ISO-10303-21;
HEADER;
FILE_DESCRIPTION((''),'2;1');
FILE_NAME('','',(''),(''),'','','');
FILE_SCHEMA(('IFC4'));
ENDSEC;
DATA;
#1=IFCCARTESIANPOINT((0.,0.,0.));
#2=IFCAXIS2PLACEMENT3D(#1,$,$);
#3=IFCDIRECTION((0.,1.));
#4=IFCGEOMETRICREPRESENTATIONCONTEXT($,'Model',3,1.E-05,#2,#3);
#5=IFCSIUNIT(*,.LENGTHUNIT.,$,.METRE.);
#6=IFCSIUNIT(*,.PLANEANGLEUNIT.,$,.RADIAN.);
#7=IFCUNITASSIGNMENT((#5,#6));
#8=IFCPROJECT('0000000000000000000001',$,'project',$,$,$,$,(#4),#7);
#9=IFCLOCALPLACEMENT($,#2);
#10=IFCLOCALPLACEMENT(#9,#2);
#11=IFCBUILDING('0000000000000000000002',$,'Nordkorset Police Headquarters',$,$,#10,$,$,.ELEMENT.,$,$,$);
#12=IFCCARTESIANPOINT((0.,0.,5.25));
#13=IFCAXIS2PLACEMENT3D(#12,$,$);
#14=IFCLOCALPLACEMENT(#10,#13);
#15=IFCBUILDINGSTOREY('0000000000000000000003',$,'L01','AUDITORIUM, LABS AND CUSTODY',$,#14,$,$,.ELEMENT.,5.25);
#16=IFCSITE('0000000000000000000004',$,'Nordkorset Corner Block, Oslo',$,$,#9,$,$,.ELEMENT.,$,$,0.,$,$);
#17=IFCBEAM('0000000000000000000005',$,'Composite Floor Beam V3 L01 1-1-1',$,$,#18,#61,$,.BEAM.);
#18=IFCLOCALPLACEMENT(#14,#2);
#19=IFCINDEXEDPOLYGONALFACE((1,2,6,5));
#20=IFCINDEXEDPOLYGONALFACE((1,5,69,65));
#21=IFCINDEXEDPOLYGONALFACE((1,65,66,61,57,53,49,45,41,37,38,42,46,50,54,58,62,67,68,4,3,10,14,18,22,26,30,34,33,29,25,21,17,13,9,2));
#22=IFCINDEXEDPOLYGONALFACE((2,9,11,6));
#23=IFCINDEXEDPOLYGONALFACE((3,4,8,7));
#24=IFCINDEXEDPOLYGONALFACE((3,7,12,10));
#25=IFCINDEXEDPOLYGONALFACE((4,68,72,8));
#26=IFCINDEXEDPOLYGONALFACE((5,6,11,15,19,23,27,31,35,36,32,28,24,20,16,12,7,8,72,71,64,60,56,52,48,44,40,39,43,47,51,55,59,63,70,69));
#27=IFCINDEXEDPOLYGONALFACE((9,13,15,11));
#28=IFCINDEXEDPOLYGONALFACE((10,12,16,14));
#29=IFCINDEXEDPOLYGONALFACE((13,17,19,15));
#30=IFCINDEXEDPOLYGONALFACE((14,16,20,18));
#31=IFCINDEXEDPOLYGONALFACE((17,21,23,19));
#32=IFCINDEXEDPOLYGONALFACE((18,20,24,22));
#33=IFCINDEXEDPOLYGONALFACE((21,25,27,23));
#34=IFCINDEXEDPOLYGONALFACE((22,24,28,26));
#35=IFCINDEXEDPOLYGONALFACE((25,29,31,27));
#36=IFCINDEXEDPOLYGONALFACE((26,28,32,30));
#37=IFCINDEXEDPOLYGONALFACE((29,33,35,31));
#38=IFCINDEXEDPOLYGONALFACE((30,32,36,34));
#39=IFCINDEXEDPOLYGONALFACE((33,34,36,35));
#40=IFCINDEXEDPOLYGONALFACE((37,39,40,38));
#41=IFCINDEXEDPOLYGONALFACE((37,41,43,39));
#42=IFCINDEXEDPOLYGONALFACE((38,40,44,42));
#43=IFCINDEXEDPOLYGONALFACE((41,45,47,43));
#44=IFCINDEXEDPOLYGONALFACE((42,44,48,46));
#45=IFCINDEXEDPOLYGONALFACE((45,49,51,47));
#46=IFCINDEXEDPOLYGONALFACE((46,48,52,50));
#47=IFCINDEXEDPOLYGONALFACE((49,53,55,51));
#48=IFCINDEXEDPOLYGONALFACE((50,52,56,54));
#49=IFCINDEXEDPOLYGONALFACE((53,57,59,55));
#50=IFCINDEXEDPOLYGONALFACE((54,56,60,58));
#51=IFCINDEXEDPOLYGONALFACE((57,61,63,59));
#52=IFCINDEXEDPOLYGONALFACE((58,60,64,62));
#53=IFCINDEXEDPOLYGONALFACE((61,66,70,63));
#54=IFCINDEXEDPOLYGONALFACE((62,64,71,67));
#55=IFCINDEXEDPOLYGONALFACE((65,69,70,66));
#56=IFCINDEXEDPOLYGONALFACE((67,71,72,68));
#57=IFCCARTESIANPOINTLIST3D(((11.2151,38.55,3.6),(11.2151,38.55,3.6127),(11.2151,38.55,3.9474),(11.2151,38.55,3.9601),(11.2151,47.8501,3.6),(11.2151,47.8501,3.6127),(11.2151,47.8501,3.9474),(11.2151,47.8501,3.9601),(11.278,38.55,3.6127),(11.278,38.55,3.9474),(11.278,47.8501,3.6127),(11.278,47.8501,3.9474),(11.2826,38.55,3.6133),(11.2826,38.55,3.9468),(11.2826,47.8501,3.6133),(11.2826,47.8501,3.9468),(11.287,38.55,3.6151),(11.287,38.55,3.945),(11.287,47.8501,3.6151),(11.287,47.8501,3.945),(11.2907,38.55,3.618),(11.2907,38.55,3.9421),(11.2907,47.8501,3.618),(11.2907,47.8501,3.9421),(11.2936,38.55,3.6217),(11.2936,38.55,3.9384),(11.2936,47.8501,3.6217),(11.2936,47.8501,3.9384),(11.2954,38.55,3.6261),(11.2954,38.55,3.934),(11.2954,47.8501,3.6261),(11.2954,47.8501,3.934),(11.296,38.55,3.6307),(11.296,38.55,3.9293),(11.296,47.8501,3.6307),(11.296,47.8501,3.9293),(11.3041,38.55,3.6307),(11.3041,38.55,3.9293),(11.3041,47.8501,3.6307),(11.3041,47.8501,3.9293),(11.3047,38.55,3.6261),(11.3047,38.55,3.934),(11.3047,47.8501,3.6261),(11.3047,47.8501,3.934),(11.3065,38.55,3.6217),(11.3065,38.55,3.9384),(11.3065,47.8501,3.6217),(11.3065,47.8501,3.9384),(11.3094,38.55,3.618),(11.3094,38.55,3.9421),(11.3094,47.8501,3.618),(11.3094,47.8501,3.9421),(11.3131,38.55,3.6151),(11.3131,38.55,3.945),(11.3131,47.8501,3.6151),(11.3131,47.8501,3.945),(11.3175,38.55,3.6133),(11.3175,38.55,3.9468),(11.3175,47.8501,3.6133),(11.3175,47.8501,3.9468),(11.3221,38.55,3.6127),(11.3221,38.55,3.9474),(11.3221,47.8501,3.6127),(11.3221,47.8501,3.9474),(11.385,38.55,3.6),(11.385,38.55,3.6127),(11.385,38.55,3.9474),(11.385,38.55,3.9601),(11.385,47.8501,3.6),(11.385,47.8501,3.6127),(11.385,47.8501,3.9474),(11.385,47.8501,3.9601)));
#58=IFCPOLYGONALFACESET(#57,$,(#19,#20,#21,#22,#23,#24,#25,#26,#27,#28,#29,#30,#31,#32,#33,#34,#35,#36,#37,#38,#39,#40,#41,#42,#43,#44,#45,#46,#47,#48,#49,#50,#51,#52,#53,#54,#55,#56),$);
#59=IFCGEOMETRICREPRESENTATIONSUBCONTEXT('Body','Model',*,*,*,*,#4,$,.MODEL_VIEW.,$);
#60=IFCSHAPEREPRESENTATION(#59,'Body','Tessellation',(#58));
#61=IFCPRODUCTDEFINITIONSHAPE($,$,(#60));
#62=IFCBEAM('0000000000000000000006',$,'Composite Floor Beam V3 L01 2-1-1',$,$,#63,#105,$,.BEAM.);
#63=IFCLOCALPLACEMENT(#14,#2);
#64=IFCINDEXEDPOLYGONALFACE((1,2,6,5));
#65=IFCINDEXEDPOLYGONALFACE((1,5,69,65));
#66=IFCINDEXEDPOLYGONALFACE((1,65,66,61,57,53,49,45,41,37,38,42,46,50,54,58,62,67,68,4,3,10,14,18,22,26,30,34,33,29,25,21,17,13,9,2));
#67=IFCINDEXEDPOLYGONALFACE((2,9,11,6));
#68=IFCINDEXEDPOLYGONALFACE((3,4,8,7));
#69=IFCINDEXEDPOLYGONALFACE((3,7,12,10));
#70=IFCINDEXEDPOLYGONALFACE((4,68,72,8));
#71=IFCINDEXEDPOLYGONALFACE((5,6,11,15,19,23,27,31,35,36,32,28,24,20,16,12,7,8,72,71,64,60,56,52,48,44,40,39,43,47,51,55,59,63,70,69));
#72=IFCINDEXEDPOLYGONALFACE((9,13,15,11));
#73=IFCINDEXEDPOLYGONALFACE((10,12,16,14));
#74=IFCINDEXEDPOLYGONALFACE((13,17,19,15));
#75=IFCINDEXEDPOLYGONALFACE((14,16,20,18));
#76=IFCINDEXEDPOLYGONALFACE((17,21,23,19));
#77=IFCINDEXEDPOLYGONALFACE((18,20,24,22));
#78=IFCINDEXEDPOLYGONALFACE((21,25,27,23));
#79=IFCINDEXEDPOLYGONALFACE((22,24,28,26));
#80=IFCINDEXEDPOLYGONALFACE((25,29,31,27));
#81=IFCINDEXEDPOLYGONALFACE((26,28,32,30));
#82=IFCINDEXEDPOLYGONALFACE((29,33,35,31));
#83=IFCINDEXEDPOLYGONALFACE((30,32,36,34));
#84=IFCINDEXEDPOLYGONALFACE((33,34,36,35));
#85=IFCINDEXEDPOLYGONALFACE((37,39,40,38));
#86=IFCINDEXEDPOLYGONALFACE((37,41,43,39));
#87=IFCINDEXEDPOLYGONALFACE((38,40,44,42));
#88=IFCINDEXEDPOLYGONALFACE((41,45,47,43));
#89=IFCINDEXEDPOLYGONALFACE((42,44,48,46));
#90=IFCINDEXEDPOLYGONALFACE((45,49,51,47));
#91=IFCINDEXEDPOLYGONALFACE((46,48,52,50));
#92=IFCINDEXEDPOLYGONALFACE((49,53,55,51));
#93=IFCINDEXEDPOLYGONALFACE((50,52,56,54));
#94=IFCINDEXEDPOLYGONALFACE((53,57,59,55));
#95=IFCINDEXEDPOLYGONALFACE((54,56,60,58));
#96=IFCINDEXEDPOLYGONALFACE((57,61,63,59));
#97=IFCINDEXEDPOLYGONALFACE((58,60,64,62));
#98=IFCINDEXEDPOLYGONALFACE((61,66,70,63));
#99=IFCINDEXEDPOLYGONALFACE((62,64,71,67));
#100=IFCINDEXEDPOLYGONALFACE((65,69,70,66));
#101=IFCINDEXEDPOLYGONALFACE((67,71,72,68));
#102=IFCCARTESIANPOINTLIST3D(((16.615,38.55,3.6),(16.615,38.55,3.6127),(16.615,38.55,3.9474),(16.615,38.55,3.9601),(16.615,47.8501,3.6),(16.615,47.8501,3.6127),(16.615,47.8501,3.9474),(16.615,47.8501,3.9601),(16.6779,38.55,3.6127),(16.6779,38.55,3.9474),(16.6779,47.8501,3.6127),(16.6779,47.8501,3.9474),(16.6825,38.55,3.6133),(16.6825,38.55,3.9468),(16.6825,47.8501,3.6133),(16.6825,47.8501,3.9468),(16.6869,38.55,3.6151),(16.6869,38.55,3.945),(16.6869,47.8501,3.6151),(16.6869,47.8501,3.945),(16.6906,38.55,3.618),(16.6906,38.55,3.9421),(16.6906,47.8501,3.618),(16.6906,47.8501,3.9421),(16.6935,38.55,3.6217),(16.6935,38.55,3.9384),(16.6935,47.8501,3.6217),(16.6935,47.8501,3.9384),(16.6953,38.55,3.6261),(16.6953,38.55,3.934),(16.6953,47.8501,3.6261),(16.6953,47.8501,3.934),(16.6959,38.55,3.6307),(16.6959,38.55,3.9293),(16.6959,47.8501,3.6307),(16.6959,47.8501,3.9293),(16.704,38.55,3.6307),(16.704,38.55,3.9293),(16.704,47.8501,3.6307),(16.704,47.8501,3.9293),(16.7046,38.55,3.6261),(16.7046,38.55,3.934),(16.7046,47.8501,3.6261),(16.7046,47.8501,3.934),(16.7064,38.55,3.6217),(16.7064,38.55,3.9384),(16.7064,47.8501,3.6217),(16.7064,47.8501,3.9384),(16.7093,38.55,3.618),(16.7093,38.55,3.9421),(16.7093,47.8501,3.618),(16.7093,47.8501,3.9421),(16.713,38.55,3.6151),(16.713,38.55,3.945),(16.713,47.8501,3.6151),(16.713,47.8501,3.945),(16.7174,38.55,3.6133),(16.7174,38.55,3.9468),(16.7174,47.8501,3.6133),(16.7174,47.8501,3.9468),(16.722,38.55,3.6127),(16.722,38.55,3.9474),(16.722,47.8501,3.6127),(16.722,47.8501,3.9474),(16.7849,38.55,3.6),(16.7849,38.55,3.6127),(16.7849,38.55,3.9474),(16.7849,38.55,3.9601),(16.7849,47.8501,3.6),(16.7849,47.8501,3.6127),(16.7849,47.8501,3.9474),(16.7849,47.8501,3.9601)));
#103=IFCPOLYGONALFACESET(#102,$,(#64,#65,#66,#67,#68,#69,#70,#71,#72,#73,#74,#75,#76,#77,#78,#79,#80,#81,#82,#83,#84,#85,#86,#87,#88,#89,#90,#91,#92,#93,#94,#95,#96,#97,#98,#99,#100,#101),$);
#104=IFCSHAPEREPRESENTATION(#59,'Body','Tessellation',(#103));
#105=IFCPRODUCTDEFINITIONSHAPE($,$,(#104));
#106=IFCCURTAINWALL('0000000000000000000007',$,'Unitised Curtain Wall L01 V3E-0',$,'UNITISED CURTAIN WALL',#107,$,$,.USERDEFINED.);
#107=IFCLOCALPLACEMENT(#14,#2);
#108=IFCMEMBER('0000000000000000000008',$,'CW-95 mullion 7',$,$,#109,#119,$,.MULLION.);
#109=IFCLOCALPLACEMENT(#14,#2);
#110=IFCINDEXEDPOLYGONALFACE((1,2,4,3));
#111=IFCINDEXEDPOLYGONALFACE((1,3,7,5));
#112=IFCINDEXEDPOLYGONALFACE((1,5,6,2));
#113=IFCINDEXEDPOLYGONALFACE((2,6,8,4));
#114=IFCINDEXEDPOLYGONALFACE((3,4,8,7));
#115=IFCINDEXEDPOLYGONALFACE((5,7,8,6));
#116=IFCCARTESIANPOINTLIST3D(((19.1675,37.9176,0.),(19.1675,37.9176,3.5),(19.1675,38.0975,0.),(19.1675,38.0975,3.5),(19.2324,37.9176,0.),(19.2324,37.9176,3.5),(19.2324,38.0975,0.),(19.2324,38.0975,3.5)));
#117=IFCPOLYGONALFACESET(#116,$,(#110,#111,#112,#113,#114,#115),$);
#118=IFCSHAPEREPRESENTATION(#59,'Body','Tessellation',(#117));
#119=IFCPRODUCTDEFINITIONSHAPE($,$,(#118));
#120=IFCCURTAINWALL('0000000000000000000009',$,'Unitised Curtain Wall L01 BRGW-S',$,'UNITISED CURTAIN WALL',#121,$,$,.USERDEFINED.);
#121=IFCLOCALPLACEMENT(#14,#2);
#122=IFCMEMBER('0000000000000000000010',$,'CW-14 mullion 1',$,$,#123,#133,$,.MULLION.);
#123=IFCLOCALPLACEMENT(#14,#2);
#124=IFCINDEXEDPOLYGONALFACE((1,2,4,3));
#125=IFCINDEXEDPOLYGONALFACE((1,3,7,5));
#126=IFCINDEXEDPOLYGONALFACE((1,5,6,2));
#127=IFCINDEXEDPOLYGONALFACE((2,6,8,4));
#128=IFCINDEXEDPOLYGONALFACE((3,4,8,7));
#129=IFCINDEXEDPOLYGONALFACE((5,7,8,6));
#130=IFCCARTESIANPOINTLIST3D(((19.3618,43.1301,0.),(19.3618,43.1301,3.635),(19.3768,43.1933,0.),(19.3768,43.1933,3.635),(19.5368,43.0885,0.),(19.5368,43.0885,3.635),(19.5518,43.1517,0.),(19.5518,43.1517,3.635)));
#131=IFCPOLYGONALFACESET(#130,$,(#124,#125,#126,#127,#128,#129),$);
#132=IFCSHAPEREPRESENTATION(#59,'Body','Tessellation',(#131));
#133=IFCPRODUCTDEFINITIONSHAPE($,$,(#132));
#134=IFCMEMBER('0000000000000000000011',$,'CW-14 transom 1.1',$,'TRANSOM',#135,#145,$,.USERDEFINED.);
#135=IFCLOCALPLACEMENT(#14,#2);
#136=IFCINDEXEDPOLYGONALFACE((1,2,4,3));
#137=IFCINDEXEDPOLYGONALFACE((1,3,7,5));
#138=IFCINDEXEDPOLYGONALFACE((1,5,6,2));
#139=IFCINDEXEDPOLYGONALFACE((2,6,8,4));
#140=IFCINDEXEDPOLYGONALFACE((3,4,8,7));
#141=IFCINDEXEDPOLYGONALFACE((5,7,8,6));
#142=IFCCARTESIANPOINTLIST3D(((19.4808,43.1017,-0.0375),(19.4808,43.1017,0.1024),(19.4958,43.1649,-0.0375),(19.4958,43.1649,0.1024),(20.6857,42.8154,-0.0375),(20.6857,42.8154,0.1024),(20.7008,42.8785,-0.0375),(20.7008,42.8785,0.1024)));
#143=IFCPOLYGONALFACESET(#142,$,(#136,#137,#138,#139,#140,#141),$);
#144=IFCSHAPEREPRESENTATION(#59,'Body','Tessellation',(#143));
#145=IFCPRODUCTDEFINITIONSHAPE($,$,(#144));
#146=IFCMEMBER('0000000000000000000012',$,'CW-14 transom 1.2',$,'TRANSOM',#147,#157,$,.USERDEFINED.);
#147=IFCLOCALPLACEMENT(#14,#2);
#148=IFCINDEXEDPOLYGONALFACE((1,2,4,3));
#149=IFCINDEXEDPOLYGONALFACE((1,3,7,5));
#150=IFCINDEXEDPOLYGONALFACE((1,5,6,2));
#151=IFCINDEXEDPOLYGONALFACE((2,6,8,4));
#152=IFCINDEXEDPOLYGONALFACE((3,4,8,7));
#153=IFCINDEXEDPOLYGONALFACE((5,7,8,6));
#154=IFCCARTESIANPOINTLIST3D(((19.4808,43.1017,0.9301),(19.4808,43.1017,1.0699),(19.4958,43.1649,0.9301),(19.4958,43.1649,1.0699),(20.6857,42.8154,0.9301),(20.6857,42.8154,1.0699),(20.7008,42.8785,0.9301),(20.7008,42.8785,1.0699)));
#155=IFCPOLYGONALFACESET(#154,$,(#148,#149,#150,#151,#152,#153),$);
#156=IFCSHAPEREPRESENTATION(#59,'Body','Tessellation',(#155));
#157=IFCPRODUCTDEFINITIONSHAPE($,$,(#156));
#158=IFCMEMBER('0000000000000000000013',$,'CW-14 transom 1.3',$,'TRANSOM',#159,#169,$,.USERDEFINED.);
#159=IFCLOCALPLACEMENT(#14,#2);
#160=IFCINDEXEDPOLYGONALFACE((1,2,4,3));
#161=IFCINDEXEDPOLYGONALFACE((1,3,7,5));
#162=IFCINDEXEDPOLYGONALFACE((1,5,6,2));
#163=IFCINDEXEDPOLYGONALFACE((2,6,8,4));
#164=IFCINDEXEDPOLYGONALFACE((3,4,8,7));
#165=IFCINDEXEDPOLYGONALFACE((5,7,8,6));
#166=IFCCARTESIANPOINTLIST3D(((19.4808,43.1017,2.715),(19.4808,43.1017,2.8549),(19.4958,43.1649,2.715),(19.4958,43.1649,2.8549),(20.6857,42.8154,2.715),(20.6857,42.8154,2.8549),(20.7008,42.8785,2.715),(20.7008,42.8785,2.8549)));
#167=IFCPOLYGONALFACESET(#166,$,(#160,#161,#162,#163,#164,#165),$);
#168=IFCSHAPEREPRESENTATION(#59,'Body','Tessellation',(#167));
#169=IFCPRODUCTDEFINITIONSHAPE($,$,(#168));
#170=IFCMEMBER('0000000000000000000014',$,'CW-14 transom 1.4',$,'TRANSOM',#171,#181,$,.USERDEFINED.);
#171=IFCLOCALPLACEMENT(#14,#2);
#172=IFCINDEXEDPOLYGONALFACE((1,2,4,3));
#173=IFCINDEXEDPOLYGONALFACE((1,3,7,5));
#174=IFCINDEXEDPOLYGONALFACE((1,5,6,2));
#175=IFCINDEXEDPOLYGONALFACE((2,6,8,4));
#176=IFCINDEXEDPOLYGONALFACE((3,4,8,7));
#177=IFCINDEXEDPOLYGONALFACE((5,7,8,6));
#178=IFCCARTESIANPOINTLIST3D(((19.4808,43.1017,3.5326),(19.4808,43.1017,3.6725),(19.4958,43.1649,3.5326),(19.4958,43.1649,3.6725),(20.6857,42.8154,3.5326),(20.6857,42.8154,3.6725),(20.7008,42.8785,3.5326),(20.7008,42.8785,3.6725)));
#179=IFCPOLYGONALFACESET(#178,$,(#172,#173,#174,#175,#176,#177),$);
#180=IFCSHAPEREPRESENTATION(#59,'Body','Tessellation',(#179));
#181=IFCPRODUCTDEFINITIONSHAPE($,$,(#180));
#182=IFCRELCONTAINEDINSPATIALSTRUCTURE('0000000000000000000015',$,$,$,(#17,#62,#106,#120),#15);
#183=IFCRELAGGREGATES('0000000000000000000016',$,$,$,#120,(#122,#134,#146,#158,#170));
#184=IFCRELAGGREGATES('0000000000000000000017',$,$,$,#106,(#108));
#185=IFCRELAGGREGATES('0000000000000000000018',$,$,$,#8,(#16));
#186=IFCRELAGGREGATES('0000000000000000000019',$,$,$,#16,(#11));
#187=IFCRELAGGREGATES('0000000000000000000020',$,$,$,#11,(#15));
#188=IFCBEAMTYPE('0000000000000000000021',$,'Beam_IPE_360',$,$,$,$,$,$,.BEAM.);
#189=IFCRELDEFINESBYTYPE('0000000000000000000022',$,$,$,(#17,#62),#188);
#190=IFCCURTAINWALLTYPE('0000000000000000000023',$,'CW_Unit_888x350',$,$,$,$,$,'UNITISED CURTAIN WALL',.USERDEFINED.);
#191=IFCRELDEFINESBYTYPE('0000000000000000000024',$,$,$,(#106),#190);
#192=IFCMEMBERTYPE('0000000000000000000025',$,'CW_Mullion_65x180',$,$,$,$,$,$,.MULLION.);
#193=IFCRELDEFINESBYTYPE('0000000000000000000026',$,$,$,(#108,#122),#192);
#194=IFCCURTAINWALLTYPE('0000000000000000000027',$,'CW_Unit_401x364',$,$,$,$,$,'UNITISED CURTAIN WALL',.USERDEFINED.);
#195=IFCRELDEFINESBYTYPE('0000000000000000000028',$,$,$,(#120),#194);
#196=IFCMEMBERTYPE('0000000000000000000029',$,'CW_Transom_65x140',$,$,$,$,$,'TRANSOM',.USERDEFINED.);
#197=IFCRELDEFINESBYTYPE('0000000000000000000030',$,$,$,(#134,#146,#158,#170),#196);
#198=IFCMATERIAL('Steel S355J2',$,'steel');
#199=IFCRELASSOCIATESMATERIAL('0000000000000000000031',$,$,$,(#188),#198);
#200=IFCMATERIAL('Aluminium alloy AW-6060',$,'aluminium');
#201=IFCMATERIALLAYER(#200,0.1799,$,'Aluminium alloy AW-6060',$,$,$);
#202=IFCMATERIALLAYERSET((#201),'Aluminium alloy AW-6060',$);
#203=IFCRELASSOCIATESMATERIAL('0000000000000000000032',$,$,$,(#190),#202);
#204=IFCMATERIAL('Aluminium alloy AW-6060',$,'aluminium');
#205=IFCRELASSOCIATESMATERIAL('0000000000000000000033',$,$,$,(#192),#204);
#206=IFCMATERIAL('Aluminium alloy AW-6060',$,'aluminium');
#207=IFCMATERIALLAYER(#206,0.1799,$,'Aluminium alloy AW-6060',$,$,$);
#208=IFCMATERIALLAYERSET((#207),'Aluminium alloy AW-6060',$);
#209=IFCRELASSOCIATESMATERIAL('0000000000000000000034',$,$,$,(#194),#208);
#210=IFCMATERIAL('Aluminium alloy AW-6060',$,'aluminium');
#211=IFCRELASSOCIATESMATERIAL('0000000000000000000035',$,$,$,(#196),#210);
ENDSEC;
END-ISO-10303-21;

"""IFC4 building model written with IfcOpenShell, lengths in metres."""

from ifc_helpers import new_model, si_unit, direction, frame, origin, origin_2d, place, context, subcontext, project, spatial, rectangle, i_section, extrude, material, layer, layer_set, material_profile, profile_set, type_object, element, aggregate, save


model = new_model("IFC4")

# Units and contexts
model_context = context("Model", 3, precision=1e-05, world=origin(), true_north=direction((0.0, 1.0)))
body_context = subcontext(model_context, "Body", "Model", "MODEL_VIEW")
ifc_project = project(units=[si_unit("LENGTHUNIT", "METRE"), si_unit("PLANEANGLEUNIT", "RADIAN")], contexts=[model_context])

# Site, building, storey
site_placement = place(None, origin())
site = spatial("IfcSite", under=ifc_project, at=site_placement, Name="Nordkorset Corner Block, Oslo", CompositionType="ELEMENT", RefElevation=0.0)
building_placement = place(site_placement, origin())
building = spatial("IfcBuilding", under=site, at=building_placement, Name="Nordkorset Police Headquarters", CompositionType="ELEMENT")
storey_placement = place(building_placement, frame((0.0, 0.0, 5.25)))
storey = spatial("IfcBuildingStorey", under=building, at=storey_placement, Name="L01", Description="AUDITORIUM, LABS AND CUSTODY", CompositionType="ELEMENT", Elevation=5.25)

# Beams
ifc_material_1 = material(Name="Steel S355J2", Category="steel")
ifc_material_profile_1 = material_profile(ifc_material_1, i_section(OverallWidth=0.1699, OverallDepth=0.3601, WebThickness=0.0081, FlangeThickness=0.0127, FilletRadius=0.0181, at=origin_2d()), Name="IPE 360")
ifc_profile_set_1 = profile_set([ifc_material_profile_1], Name="Steel S355J2")
beam_type_1 = type_object("IfcBeamType", Name="Beam_IPE_360", PredefinedType="BEAM", material=ifc_profile_set_1)
for number, where, z_axis, x_axis, name in (
    (1, (11.3, 38.55, 3.78), (0.0, 1.0, 0.0), (-1.0, 0.0, 0.0), "Composite Floor Beam V3 L01 1-1-1"),
    (2, (16.7, 38.55, 3.78), (0.0, 1.0, 0.0), (-1.0, 0.0, 0.0), "Composite Floor Beam V3 L01 2-1-1"),
):
    element("IfcBeam", number, at=place(storey_placement, frame(where, z_axis=z_axis, x_axis=x_axis)), inside=storey, type_object=beam_type_1, Name=name, PredefinedType="BEAM", context=body_context, shape_type="SweptSolid", body=[
        extrude(i_section(OverallWidth=0.1699, OverallDepth=0.3601, WebThickness=0.0081, FlangeThickness=0.0127, FilletRadius=0.0181, at=origin_2d()), origin(), (0.0, 0.0, 1.0), 9.3),
    ])

# Curtain wall, member
ifc_material_2 = material(Name="Aluminium alloy AW-6060", Category="aluminium")
ifc_layer_1 = layer(ifc_material_2, 0.1799, Name="Aluminium alloy AW-6060")
ifc_layer_set_1 = layer_set([ifc_layer_1], Name="Aluminium alloy AW-6060")
curtain_wall_type_1 = type_object("IfcCurtainWallType", Name="CW_Unit_888x350", ElementType="UNITISED CURTAIN WALL", PredefinedType="USERDEFINED", material=ifc_layer_set_1)
curtain_wall_1_placement = place(storey_placement, origin())
curtain_wall_1 = element("IfcCurtainWall", 3, at=curtain_wall_1_placement, inside=storey, type_object=curtain_wall_type_1, Name="Unitised Curtain Wall L01 V3E-0", ObjectType="UNITISED CURTAIN WALL", PredefinedType="USERDEFINED")
ifc_material_3 = material(Name="Aluminium alloy AW-6060", Category="aluminium")
ifc_material_profile_2 = material_profile(ifc_material_3, rectangle(XDim=0.0649, YDim=0.1799, at=origin_2d()), Name="ALU MULL 65x180")
ifc_profile_set_2 = profile_set([ifc_material_profile_2], Name="Aluminium alloy AW-6060")
member_type_1 = type_object("IfcMemberType", Name="CW_Mullion_65x180", PredefinedType="MULLION", material=ifc_profile_set_2)
member_1_placement = place(storey_placement, frame((19.2, 38.0076, 0.0), z_axis=(0.0, 0.0, 1.0), x_axis=(-1.0, 0.0, 0.0)))
member_1 = element("IfcMember", 4, at=member_1_placement, type_object=member_type_1, Name="CW-95 mullion 7", PredefinedType="MULLION", context=body_context, shape_type="SweptSolid", body=[
    extrude(rectangle(XDim=0.0649, YDim=0.1799, at=origin_2d()), origin(), (0.0, 0.0, 1.0), 3.5),
])

# Curtain wall, members
ifc_material_4 = material(Name="Aluminium alloy AW-6060", Category="aluminium")
ifc_layer_2 = layer(ifc_material_4, 0.1799, Name="Aluminium alloy AW-6060")
ifc_layer_set_2 = layer_set([ifc_layer_2], Name="Aluminium alloy AW-6060")
curtain_wall_type_2 = type_object("IfcCurtainWallType", Name="CW_Unit_401x364", ElementType="UNITISED CURTAIN WALL", PredefinedType="USERDEFINED", material=ifc_layer_set_2)
curtain_wall_2_placement = place(storey_placement, origin())
curtain_wall_2 = element("IfcCurtainWall", 5, at=curtain_wall_2_placement, inside=storey, type_object=curtain_wall_type_2, Name="Unitised Curtain Wall L01 BRGW-S", ObjectType="UNITISED CURTAIN WALL", PredefinedType="USERDEFINED")
member_2_placement = place(storey_placement, frame((19.4568, 43.1409, 0.0), z_axis=(0.0, 0.0, 1.0), x_axis=(0.231206, 0.972905, 0.0)))
member_2 = element("IfcMember", 6, at=member_2_placement, type_object=member_type_1, Name="CW-14 mullion 1", PredefinedType="MULLION", context=body_context, shape_type="SweptSolid", body=[
    extrude(rectangle(XDim=0.0649, YDim=0.1799, at=origin_2d()), origin(), (0.0, 0.0, 1.0), 3.635),
])
ifc_material_5 = material(Name="Aluminium alloy AW-6060", Category="aluminium")
ifc_material_profile_3 = material_profile(ifc_material_5, rectangle(XDim=0.0649, YDim=0.1399, at=origin_2d()), Name="ALU TRAN 65x140")
ifc_profile_set_3 = profile_set([ifc_material_profile_3], Name="Aluminium alloy AW-6060")
member_type_2 = type_object("IfcMemberType", Name="CW_Transom_65x140", ElementType="TRANSOM", PredefinedType="USERDEFINED", material=ifc_profile_set_3)
member_3_placement = place(storey_placement, frame((19.4883, 43.1333, 0.0325), z_axis=(0.972906, -0.231203, 0.0), x_axis=(0.231203, 0.972906, 0.0)))
member_3 = element("IfcMember", 7, at=member_3_placement, type_object=member_type_2, Name="CW-14 transom 1.1", ObjectType="TRANSOM", PredefinedType="USERDEFINED", context=body_context, shape_type="SweptSolid", body=[
    extrude(rectangle(XDim=0.0649, YDim=0.1399, at=origin_2d()), origin(), (0.0, 0.0, 1.0), 1.2385),
])
member_4_placement = place(storey_placement, frame((19.4883, 43.1333, 1.0), z_axis=(0.972906, -0.231203, 0.0), x_axis=(0.231203, 0.972906, 0.0)))
member_4 = element("IfcMember", 8, at=member_4_placement, type_object=member_type_2, Name="CW-14 transom 1.2", ObjectType="TRANSOM", PredefinedType="USERDEFINED", context=body_context, shape_type="SweptSolid", body=[
    extrude(rectangle(XDim=0.0649, YDim=0.1399, at=origin_2d()), origin(), (0.0, 0.0, 1.0), 1.2385),
])
member_5_placement = place(storey_placement, frame((19.4883, 43.1333, 2.7849), z_axis=(0.972906, -0.231203, 0.0), x_axis=(0.231203, 0.972906, 0.0)))
member_5 = element("IfcMember", 9, at=member_5_placement, type_object=member_type_2, Name="CW-14 transom 1.3", ObjectType="TRANSOM", PredefinedType="USERDEFINED", context=body_context, shape_type="SweptSolid", body=[
    extrude(rectangle(XDim=0.0649, YDim=0.1399, at=origin_2d()), origin(), (0.0, 0.0, 1.0), 1.2385),
])
member_6_placement = place(storey_placement, frame((19.4883, 43.1333, 3.6025), z_axis=(0.972906, -0.231203, 0.0), x_axis=(0.231203, 0.972906, 0.0)))
member_6 = element("IfcMember", 10, at=member_6_placement, type_object=member_type_2, Name="CW-14 transom 1.4", ObjectType="TRANSOM", PredefinedType="USERDEFINED", context=body_context, shape_type="SweptSolid", body=[
    extrude(rectangle(XDim=0.0649, YDim=0.1399, at=origin_2d()), origin(), (0.0, 0.0, 1.0), 1.2385),
])
aggregate(curtain_wall_2, [member_2, member_3, member_4, member_5, member_6])

aggregate(curtain_wall_1, [member_1])

save(model, "model.ifc")
